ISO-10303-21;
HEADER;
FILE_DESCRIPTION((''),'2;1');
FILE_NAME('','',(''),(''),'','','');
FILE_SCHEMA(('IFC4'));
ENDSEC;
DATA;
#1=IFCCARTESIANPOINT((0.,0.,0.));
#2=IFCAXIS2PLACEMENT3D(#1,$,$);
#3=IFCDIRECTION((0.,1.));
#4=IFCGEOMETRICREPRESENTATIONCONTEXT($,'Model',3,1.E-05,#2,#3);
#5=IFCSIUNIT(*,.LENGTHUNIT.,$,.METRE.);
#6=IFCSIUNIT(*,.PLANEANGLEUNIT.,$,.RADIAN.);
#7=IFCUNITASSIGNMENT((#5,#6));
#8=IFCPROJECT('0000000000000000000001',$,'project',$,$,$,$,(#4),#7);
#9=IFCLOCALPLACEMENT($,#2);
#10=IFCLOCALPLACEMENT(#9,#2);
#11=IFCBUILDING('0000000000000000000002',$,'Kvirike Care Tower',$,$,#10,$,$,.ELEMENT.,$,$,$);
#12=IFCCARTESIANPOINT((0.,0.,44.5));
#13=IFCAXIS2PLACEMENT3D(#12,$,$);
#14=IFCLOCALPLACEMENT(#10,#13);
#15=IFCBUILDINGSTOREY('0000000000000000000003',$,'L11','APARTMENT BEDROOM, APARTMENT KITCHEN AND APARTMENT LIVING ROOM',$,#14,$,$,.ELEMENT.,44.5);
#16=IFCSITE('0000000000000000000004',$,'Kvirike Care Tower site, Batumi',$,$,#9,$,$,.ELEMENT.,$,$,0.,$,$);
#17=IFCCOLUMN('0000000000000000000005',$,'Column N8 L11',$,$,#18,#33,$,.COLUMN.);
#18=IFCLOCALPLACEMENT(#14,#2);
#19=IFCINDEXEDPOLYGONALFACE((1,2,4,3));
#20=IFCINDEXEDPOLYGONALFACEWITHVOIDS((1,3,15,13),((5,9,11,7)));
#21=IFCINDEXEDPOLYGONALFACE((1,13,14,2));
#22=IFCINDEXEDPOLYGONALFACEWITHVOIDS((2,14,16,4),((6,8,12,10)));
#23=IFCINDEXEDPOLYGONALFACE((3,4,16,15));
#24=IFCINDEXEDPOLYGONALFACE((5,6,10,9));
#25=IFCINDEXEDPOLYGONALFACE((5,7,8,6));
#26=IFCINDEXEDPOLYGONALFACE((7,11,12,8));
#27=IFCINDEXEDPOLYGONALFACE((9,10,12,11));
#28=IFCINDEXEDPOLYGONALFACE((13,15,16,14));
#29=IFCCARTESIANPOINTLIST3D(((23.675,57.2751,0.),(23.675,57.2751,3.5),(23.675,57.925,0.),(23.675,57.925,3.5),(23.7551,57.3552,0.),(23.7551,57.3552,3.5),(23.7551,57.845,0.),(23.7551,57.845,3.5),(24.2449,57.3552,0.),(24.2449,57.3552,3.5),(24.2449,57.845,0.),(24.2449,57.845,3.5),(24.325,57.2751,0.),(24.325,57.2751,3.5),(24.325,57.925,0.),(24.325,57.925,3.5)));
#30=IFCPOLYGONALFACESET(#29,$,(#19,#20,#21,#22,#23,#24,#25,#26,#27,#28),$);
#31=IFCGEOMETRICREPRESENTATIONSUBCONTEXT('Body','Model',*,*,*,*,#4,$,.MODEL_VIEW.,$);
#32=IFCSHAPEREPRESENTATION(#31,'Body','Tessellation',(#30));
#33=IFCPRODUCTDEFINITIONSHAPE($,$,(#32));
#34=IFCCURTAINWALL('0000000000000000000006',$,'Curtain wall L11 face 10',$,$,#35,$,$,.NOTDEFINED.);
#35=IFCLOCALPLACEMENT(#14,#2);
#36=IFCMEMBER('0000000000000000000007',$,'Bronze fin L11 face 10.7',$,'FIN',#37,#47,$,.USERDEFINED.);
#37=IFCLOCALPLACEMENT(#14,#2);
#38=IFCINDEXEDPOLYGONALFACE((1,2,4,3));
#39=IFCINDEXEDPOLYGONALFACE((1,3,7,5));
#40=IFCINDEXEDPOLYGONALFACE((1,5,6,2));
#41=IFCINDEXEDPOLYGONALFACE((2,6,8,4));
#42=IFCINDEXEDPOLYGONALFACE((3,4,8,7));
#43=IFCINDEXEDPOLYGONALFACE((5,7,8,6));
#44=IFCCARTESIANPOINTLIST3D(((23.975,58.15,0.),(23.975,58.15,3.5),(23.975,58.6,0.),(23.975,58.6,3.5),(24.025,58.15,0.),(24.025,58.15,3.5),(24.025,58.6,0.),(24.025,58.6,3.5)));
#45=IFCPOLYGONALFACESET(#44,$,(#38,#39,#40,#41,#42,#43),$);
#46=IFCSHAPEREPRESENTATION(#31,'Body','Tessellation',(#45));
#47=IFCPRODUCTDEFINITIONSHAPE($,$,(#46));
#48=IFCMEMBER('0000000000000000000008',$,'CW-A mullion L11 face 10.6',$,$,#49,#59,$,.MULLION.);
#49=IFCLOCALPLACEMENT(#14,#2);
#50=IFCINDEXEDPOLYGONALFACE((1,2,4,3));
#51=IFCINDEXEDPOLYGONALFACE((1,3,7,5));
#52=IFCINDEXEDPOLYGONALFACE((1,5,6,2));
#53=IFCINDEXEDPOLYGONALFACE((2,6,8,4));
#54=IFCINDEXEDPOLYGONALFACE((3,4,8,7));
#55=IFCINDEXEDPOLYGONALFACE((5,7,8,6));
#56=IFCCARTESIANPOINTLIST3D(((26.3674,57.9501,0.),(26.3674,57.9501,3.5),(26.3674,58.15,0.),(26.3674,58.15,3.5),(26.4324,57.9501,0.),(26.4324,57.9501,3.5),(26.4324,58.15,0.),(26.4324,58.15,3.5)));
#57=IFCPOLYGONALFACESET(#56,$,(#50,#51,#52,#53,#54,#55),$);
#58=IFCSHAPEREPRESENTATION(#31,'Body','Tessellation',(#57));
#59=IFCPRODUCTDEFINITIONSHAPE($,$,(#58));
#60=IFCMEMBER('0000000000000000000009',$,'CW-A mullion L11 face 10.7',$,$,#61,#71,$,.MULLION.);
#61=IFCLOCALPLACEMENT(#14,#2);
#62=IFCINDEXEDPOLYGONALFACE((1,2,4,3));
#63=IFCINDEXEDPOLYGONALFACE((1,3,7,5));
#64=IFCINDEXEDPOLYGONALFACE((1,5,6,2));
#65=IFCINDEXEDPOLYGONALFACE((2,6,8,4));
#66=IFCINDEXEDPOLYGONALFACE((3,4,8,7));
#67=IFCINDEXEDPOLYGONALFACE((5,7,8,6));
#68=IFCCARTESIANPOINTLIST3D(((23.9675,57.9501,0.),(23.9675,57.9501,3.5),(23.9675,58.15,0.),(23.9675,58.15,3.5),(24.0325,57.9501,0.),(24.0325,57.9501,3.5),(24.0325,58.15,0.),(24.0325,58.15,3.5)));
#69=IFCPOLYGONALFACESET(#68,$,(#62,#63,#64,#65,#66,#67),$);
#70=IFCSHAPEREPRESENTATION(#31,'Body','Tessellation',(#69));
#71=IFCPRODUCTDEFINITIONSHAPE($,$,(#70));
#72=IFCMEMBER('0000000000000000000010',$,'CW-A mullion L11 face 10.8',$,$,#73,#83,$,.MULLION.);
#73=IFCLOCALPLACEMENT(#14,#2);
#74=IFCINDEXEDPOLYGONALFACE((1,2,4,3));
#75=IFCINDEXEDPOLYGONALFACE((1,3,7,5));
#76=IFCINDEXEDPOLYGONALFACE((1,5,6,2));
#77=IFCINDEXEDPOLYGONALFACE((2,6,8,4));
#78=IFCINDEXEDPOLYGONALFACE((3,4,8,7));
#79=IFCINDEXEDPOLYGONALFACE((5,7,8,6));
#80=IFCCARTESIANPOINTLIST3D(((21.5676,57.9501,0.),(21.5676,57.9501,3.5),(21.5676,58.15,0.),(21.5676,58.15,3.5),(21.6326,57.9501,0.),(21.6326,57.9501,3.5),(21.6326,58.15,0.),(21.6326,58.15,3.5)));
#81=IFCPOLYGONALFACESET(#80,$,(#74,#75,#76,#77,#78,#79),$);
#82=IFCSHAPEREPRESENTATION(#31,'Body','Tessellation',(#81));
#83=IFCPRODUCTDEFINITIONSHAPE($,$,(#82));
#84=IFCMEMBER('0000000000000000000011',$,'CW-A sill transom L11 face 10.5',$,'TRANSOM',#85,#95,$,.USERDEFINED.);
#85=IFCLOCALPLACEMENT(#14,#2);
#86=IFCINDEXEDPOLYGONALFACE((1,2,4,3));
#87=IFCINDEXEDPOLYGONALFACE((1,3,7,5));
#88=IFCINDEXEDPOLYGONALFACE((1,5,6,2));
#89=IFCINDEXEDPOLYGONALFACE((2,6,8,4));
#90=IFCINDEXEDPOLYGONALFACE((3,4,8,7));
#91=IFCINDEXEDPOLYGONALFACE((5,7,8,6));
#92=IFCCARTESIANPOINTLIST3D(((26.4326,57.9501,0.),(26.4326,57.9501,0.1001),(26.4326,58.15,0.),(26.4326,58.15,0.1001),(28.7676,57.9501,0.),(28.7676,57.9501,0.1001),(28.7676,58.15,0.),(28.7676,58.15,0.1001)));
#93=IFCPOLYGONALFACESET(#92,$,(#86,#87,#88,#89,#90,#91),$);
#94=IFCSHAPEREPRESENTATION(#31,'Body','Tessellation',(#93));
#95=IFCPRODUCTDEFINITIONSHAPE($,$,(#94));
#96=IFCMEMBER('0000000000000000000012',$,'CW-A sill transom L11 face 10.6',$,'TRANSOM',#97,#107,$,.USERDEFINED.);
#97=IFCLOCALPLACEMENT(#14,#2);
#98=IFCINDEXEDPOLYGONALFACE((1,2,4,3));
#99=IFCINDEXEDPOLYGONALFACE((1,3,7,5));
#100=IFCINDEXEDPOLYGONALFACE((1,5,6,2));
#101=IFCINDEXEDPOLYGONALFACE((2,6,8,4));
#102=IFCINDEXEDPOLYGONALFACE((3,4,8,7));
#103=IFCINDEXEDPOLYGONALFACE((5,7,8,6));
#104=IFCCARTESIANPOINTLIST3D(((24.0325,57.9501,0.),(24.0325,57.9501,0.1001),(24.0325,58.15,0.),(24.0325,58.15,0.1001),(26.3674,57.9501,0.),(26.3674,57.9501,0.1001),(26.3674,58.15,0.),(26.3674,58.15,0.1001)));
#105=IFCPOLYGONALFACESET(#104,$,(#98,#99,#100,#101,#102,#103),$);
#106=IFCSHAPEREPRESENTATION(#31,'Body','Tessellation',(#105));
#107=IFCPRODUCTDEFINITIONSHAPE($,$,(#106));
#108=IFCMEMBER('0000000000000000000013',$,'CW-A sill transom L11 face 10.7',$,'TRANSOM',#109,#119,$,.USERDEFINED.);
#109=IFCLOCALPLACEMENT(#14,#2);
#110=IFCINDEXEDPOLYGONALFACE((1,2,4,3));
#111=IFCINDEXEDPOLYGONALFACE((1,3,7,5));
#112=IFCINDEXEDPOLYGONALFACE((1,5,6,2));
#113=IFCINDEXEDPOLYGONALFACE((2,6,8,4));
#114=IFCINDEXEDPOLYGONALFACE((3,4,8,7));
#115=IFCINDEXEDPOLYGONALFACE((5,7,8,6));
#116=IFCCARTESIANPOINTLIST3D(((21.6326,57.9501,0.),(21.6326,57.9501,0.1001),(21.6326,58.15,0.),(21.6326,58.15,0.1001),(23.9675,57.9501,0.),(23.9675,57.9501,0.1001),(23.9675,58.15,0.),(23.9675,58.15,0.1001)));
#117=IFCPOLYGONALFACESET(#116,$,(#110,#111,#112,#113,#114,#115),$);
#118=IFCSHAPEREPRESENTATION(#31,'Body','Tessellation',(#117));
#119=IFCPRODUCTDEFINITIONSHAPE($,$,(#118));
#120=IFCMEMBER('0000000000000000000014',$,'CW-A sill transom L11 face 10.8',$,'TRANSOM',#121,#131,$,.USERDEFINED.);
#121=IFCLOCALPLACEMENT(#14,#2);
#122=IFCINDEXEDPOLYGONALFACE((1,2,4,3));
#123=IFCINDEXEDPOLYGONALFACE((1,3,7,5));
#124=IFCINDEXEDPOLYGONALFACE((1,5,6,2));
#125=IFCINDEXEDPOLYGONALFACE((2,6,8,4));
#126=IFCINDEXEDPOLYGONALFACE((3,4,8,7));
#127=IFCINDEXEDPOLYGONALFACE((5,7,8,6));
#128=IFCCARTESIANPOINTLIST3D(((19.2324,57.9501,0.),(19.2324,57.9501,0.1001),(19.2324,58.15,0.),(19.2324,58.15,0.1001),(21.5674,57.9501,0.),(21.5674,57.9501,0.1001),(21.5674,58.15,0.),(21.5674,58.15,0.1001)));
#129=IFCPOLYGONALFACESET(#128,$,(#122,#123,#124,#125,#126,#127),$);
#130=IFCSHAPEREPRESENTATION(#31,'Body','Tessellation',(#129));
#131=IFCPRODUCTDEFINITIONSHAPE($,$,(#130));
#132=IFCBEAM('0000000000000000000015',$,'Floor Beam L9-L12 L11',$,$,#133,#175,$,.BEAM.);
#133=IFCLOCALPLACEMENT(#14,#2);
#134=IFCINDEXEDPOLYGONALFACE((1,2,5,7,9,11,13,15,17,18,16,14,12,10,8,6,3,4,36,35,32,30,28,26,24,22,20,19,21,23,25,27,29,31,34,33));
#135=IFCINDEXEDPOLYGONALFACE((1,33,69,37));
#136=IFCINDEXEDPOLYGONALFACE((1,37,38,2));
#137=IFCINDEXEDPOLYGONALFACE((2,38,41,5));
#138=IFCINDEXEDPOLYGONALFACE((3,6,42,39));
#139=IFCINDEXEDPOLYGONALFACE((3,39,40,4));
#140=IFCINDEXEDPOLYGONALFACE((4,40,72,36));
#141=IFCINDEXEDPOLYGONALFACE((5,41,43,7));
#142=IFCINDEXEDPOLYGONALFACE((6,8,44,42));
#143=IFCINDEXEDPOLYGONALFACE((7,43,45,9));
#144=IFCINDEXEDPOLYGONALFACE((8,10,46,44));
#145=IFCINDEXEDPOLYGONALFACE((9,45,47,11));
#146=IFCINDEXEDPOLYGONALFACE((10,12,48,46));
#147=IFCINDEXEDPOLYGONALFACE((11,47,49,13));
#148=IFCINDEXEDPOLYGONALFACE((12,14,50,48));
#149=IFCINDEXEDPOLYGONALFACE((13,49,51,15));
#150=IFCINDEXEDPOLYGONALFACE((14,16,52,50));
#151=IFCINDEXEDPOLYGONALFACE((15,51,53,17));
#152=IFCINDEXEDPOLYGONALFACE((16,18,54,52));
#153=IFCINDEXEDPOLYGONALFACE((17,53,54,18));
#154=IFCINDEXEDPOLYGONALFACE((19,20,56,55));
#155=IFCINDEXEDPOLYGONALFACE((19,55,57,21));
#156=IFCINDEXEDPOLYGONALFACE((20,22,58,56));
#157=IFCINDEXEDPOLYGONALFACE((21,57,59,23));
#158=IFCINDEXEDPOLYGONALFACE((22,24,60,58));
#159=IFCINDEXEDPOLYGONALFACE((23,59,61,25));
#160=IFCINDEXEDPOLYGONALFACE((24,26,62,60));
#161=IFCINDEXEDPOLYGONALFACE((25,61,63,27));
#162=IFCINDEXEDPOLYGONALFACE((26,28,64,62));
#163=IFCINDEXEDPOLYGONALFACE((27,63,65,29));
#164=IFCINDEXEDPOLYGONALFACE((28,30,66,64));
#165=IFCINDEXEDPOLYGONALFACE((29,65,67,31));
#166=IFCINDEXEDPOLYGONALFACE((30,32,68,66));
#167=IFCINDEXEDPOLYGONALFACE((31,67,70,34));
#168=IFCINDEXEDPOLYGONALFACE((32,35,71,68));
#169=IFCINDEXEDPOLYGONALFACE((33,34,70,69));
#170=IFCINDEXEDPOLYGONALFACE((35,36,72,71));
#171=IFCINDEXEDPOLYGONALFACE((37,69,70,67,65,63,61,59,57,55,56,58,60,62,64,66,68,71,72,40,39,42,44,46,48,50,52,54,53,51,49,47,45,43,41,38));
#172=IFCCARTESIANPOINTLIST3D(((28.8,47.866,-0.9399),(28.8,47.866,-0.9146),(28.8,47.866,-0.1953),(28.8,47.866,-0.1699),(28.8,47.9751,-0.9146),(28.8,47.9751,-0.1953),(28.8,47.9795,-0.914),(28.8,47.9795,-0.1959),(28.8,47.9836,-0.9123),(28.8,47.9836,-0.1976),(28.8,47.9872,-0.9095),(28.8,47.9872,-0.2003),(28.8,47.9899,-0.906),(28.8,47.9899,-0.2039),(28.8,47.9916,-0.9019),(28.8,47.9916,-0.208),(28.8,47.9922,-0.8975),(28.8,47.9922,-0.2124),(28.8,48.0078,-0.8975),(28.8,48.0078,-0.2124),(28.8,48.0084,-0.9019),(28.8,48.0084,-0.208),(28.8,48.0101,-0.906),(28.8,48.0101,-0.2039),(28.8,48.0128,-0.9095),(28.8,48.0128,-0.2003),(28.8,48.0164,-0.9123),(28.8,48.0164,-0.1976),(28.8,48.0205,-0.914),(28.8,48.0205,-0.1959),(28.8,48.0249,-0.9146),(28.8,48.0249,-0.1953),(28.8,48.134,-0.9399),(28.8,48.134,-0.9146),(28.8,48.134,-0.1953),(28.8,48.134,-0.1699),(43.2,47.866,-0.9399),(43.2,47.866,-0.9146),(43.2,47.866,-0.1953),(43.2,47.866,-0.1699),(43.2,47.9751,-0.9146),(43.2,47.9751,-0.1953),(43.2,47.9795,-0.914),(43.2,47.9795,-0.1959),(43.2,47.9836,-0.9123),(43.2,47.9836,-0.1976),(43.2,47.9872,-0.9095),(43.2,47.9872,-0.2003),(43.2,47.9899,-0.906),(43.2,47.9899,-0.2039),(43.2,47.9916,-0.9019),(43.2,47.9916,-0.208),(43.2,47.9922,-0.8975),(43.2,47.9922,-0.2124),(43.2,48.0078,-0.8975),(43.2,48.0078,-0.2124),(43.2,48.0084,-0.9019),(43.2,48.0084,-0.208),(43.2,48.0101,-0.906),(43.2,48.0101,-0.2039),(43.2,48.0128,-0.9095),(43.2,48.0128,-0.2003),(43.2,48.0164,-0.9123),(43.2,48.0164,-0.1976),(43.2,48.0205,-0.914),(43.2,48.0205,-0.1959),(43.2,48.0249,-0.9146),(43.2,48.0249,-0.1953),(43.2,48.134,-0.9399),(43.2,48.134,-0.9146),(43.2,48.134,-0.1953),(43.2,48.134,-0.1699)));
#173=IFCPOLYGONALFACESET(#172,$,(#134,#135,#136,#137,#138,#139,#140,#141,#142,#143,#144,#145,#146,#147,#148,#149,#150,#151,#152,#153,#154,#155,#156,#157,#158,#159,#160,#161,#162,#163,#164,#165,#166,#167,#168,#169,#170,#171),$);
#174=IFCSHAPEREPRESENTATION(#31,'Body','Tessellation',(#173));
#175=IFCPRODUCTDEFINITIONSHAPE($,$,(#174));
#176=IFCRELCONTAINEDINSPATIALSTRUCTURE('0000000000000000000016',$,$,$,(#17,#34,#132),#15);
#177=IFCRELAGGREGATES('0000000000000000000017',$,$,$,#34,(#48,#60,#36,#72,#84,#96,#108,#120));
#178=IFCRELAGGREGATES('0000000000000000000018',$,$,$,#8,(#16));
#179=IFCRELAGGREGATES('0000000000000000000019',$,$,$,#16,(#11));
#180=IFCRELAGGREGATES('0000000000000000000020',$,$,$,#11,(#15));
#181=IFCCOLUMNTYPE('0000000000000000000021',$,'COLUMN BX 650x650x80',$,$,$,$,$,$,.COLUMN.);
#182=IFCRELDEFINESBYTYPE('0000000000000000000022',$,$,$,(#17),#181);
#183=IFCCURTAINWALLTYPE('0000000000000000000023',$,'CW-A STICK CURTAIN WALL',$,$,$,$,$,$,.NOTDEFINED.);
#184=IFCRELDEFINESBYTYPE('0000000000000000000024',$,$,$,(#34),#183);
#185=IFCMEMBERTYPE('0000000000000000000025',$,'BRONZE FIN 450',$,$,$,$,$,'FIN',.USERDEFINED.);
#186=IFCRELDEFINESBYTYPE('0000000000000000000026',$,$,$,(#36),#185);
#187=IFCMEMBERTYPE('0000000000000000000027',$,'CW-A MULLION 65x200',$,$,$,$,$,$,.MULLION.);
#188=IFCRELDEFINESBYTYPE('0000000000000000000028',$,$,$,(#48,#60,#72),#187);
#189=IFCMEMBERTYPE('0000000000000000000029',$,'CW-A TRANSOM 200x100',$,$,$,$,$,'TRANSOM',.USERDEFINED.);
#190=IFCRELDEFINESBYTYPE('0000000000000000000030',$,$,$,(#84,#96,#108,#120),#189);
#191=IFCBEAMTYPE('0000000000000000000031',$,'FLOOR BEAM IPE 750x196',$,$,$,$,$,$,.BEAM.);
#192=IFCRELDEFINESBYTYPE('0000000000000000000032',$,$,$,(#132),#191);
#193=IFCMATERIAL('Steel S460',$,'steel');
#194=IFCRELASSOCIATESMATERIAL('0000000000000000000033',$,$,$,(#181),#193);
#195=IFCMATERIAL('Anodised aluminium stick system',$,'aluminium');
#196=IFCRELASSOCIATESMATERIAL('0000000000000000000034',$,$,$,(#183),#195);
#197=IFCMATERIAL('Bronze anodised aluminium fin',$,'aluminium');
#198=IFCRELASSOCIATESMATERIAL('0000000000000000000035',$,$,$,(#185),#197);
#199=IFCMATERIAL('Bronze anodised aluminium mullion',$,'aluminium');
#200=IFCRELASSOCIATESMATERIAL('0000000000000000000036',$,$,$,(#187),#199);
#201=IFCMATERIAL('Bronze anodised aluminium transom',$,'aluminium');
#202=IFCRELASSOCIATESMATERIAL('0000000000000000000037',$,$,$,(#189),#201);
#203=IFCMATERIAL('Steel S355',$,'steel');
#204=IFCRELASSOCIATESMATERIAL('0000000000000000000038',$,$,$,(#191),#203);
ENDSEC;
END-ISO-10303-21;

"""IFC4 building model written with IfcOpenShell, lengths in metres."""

from ifc_helpers import new_model, si_unit, direction, frame, origin, origin_2d, place, context, subcontext, project, spatial, rectangle, hollow_rectangle, i_section, extrude, material, material_profile, profile_set, type_object, element, aggregate, save


model = new_model("IFC4")

# Units and contexts
model_context = context("Model", 3, precision=1e-05, world=origin(), true_north=direction((0.0, 1.0)))
body_context = subcontext(model_context, "Body", "Model", "MODEL_VIEW")
ifc_project = project(units=[si_unit("LENGTHUNIT", "METRE"), si_unit("PLANEANGLEUNIT", "RADIAN")], contexts=[model_context])

# Site, building, storey
site_placement = place(None, origin())
site = spatial("IfcSite", under=ifc_project, at=site_placement, Name="Kvirike Care Tower site, Batumi", CompositionType="ELEMENT", RefElevation=0.0)
building_placement = place(site_placement, origin())
building = spatial("IfcBuilding", under=site, at=building_placement, Name="Kvirike Care Tower", CompositionType="ELEMENT")
storey_placement = place(building_placement, frame((0.0, 0.0, 44.5)))
storey = spatial("IfcBuildingStorey", under=building, at=storey_placement, Name="L11", Description="APARTMENT BEDROOM, APARTMENT KITCHEN AND APARTMENT LIVING ROOM", CompositionType="ELEMENT", Elevation=44.5)

# Column
ifc_material_1 = material(Name="Steel S460", Category="steel")
ifc_material_profile_1 = material_profile(ifc_material_1, hollow_rectangle(XDim=0.6499, YDim=0.6499, WallThickness=0.0801, at=origin_2d()), Name="BX 650x650x80")
ifc_profile_set_1 = profile_set([ifc_material_profile_1], Name="Steel S460")
column_type = type_object("IfcColumnType", Name="COLUMN BX 650x650x80", PredefinedType="COLUMN", material=ifc_profile_set_1)
column_placement = place(storey_placement, frame((24.0, 57.6001, 0.0), z_axis=(0.0, 0.0, 1.0), x_axis=(0.0, 1.0, 0.0)))
element("IfcColumn", 1, at=column_placement, inside=storey, type_object=column_type, Name="Column N8 L11", PredefinedType="COLUMN", context=body_context, shape_type="SweptSolid", body=[
    extrude(hollow_rectangle(XDim=0.6499, YDim=0.6499, WallThickness=0.0801, at=origin_2d()), origin(), (0.0, 0.0, 1.0), 3.5),
])

# Curtain wall, members
ifc_material_2 = material(Name="Anodised aluminium stick system", Category="aluminium")
curtain_wall_type = type_object("IfcCurtainWallType", Name="CW-A STICK CURTAIN WALL", PredefinedType="NOTDEFINED", material=ifc_material_2)
curtain_wall_placement = place(storey_placement, origin())
curtain_wall = element("IfcCurtainWall", 2, at=curtain_wall_placement, inside=storey, type_object=curtain_wall_type, Name="Curtain wall L11 face 10", PredefinedType="NOTDEFINED")
ifc_material_3 = material(Name="Bronze anodised aluminium fin", Category="aluminium")
ifc_material_profile_2 = material_profile(ifc_material_3, rectangle(XDim=0.05, YDim=0.45, at=origin_2d()), Name="BRONZE FIN 450")
ifc_profile_set_2 = profile_set([ifc_material_profile_2], Name="Bronze anodised aluminium fin")
member_type_1 = type_object("IfcMemberType", Name="BRONZE FIN 450", ElementType="FIN", PredefinedType="USERDEFINED", material=ifc_profile_set_2)
member_1_placement = place(storey_placement, frame((24.0, 58.375, 0.0), z_axis=(0.0, 0.0, 1.0), x_axis=(-1.0, 0.0, 0.0)))
member_1 = element("IfcMember", 3, at=member_1_placement, type_object=member_type_1, Name="Bronze fin L11 face 10.7", ObjectType="FIN", PredefinedType="USERDEFINED", context=body_context, shape_type="SweptSolid", body=[
    extrude(rectangle(XDim=0.05, YDim=0.45, at=origin_2d()), origin(), (0.0, 0.0, 1.0), 3.5),
])
ifc_material_4 = material(Name="Bronze anodised aluminium mullion", Category="aluminium")
ifc_material_profile_3 = material_profile(ifc_material_4, rectangle(XDim=0.0649, YDim=0.2, at=origin_2d()), Name="CW-A MULLION 65x200")
ifc_profile_set_3 = profile_set([ifc_material_profile_3], Name="Bronze anodised aluminium mullion")
member_type_2 = type_object("IfcMemberType", Name="CW-A MULLION 65x200", PredefinedType="MULLION", material=ifc_profile_set_3)
member_2_placement = place(storey_placement, frame((26.3999, 58.05, 0.0), z_axis=(0.0, 0.0, 1.0), x_axis=(-1.0, 0.0, 0.0)))
member_2 = element("IfcMember", 4, at=member_2_placement, type_object=member_type_2, Name="CW-A mullion L11 face 10.6", PredefinedType="MULLION", context=body_context, shape_type="SweptSolid", body=[
    extrude(rectangle(XDim=0.0649, YDim=0.2, at=origin_2d()), origin(), (0.0, 0.0, 1.0), 3.5),
])
member_3_placement = place(storey_placement, frame((24.0, 58.05, 0.0), z_axis=(0.0, 0.0, 1.0), x_axis=(-1.0, 0.0, 0.0)))
member_3 = element("IfcMember", 5, at=member_3_placement, type_object=member_type_2, Name="CW-A mullion L11 face 10.7", PredefinedType="MULLION", context=body_context, shape_type="SweptSolid", body=[
    extrude(rectangle(XDim=0.0649, YDim=0.2, at=origin_2d()), origin(), (0.0, 0.0, 1.0), 3.5),
])
member_4_placement = place(storey_placement, frame((21.6001, 58.05, 0.0), z_axis=(0.0, 0.0, 1.0), x_axis=(-1.0, 0.0, 0.0)))
member_4 = element("IfcMember", 6, at=member_4_placement, type_object=member_type_2, Name="CW-A mullion L11 face 10.8", PredefinedType="MULLION", context=body_context, shape_type="SweptSolid", body=[
    extrude(rectangle(XDim=0.0649, YDim=0.2, at=origin_2d()), origin(), (0.0, 0.0, 1.0), 3.5),
])
ifc_material_5 = material(Name="Bronze anodised aluminium transom", Category="aluminium")
ifc_material_profile_4 = material_profile(ifc_material_5, rectangle(XDim=0.2, YDim=0.1001, at=origin_2d()), Name="CW-A TRANSOM 200x100")
ifc_profile_set_4 = profile_set([ifc_material_profile_4], Name="Bronze anodised aluminium transom")
member_type_3 = type_object("IfcMemberType", Name="CW-A TRANSOM 200x100", ElementType="TRANSOM", PredefinedType="USERDEFINED", material=ifc_profile_set_4)
member_5_placement = place(storey_placement, frame((28.7676, 58.05, 0.05), z_axis=(-1.0, 0.0, 0.0), x_axis=(0.0, -1.0, 0.0)))
member_5 = element("IfcMember", 7, at=member_5_placement, type_object=member_type_3, Name="CW-A sill transom L11 face 10.5", ObjectType="TRANSOM", PredefinedType="USERDEFINED", context=body_context, shape_type="SweptSolid", body=[
    extrude(rectangle(XDim=0.2, YDim=0.1001, at=origin_2d()), origin(), (0.0, 0.0, 1.0), 2.335),
])
member_6_placement = place(storey_placement, frame((26.3674, 58.05, 0.05), z_axis=(-1.0, 0.0, 0.0), x_axis=(0.0, -1.0, 0.0)))
member_6 = element("IfcMember", 8, at=member_6_placement, type_object=member_type_3, Name="CW-A sill transom L11 face 10.6", ObjectType="TRANSOM", PredefinedType="USERDEFINED", context=body_context, shape_type="SweptSolid", body=[
    extrude(rectangle(XDim=0.2, YDim=0.1001, at=origin_2d()), origin(), (0.0, 0.0, 1.0), 2.335),
])
member_7_placement = place(storey_placement, frame((23.9675, 58.05, 0.05), z_axis=(-1.0, 0.0, 0.0), x_axis=(0.0, -1.0, 0.0)))
member_7 = element("IfcMember", 9, at=member_7_placement, type_object=member_type_3, Name="CW-A sill transom L11 face 10.7", ObjectType="TRANSOM", PredefinedType="USERDEFINED", context=body_context, shape_type="SweptSolid", body=[
    extrude(rectangle(XDim=0.2, YDim=0.1001, at=origin_2d()), origin(), (0.0, 0.0, 1.0), 2.335),
])
member_8_placement = place(storey_placement, frame((21.5674, 58.05, 0.05), z_axis=(-1.0, 0.0, 0.0), x_axis=(0.0, -1.0, 0.0)))
member_8 = element("IfcMember", 10, at=member_8_placement, type_object=member_type_3, Name="CW-A sill transom L11 face 10.8", ObjectType="TRANSOM", PredefinedType="USERDEFINED", context=body_context, shape_type="SweptSolid", body=[
    extrude(rectangle(XDim=0.2, YDim=0.1001, at=origin_2d()), origin(), (0.0, 0.0, 1.0), 2.335),
])

# Beam
ifc_material_6 = material(Name="Steel S355", Category="steel")
ifc_material_profile_5 = material_profile(ifc_material_6, i_section(OverallWidth=0.2681, OverallDepth=0.77, WebThickness=0.0156, FlangeThickness=0.0254, FilletRadius=0.0171, at=origin_2d()), Name="IPE 750x196")
ifc_profile_set_5 = profile_set([ifc_material_profile_5], Name="Steel S355")
beam_type_1 = type_object("IfcBeamType", Name="FLOOR BEAM IPE 750x196", PredefinedType="BEAM", material=ifc_profile_set_5)
beam_1_placement = place(storey_placement, frame((28.8, 48.0, -0.5549), z_axis=(1.0, 0.0, 0.0), x_axis=(0.0, 1.0, 0.0)))
element("IfcBeam", 11, at=beam_1_placement, inside=storey, type_object=beam_type_1, Name="Floor Beam L9-L12 L11", PredefinedType="BEAM", context=body_context, shape_type="SweptSolid", body=[
    extrude(i_section(OverallWidth=0.2681, OverallDepth=0.77, WebThickness=0.0156, FlangeThickness=0.0254, FilletRadius=0.0171, at=origin_2d()), origin(), (0.0, 0.0, 1.0), 14.3999),
])

aggregate(curtain_wall, [member_2, member_3, member_1, member_4, member_5, member_6, member_7, member_8])

save(model, "model.ifc")
